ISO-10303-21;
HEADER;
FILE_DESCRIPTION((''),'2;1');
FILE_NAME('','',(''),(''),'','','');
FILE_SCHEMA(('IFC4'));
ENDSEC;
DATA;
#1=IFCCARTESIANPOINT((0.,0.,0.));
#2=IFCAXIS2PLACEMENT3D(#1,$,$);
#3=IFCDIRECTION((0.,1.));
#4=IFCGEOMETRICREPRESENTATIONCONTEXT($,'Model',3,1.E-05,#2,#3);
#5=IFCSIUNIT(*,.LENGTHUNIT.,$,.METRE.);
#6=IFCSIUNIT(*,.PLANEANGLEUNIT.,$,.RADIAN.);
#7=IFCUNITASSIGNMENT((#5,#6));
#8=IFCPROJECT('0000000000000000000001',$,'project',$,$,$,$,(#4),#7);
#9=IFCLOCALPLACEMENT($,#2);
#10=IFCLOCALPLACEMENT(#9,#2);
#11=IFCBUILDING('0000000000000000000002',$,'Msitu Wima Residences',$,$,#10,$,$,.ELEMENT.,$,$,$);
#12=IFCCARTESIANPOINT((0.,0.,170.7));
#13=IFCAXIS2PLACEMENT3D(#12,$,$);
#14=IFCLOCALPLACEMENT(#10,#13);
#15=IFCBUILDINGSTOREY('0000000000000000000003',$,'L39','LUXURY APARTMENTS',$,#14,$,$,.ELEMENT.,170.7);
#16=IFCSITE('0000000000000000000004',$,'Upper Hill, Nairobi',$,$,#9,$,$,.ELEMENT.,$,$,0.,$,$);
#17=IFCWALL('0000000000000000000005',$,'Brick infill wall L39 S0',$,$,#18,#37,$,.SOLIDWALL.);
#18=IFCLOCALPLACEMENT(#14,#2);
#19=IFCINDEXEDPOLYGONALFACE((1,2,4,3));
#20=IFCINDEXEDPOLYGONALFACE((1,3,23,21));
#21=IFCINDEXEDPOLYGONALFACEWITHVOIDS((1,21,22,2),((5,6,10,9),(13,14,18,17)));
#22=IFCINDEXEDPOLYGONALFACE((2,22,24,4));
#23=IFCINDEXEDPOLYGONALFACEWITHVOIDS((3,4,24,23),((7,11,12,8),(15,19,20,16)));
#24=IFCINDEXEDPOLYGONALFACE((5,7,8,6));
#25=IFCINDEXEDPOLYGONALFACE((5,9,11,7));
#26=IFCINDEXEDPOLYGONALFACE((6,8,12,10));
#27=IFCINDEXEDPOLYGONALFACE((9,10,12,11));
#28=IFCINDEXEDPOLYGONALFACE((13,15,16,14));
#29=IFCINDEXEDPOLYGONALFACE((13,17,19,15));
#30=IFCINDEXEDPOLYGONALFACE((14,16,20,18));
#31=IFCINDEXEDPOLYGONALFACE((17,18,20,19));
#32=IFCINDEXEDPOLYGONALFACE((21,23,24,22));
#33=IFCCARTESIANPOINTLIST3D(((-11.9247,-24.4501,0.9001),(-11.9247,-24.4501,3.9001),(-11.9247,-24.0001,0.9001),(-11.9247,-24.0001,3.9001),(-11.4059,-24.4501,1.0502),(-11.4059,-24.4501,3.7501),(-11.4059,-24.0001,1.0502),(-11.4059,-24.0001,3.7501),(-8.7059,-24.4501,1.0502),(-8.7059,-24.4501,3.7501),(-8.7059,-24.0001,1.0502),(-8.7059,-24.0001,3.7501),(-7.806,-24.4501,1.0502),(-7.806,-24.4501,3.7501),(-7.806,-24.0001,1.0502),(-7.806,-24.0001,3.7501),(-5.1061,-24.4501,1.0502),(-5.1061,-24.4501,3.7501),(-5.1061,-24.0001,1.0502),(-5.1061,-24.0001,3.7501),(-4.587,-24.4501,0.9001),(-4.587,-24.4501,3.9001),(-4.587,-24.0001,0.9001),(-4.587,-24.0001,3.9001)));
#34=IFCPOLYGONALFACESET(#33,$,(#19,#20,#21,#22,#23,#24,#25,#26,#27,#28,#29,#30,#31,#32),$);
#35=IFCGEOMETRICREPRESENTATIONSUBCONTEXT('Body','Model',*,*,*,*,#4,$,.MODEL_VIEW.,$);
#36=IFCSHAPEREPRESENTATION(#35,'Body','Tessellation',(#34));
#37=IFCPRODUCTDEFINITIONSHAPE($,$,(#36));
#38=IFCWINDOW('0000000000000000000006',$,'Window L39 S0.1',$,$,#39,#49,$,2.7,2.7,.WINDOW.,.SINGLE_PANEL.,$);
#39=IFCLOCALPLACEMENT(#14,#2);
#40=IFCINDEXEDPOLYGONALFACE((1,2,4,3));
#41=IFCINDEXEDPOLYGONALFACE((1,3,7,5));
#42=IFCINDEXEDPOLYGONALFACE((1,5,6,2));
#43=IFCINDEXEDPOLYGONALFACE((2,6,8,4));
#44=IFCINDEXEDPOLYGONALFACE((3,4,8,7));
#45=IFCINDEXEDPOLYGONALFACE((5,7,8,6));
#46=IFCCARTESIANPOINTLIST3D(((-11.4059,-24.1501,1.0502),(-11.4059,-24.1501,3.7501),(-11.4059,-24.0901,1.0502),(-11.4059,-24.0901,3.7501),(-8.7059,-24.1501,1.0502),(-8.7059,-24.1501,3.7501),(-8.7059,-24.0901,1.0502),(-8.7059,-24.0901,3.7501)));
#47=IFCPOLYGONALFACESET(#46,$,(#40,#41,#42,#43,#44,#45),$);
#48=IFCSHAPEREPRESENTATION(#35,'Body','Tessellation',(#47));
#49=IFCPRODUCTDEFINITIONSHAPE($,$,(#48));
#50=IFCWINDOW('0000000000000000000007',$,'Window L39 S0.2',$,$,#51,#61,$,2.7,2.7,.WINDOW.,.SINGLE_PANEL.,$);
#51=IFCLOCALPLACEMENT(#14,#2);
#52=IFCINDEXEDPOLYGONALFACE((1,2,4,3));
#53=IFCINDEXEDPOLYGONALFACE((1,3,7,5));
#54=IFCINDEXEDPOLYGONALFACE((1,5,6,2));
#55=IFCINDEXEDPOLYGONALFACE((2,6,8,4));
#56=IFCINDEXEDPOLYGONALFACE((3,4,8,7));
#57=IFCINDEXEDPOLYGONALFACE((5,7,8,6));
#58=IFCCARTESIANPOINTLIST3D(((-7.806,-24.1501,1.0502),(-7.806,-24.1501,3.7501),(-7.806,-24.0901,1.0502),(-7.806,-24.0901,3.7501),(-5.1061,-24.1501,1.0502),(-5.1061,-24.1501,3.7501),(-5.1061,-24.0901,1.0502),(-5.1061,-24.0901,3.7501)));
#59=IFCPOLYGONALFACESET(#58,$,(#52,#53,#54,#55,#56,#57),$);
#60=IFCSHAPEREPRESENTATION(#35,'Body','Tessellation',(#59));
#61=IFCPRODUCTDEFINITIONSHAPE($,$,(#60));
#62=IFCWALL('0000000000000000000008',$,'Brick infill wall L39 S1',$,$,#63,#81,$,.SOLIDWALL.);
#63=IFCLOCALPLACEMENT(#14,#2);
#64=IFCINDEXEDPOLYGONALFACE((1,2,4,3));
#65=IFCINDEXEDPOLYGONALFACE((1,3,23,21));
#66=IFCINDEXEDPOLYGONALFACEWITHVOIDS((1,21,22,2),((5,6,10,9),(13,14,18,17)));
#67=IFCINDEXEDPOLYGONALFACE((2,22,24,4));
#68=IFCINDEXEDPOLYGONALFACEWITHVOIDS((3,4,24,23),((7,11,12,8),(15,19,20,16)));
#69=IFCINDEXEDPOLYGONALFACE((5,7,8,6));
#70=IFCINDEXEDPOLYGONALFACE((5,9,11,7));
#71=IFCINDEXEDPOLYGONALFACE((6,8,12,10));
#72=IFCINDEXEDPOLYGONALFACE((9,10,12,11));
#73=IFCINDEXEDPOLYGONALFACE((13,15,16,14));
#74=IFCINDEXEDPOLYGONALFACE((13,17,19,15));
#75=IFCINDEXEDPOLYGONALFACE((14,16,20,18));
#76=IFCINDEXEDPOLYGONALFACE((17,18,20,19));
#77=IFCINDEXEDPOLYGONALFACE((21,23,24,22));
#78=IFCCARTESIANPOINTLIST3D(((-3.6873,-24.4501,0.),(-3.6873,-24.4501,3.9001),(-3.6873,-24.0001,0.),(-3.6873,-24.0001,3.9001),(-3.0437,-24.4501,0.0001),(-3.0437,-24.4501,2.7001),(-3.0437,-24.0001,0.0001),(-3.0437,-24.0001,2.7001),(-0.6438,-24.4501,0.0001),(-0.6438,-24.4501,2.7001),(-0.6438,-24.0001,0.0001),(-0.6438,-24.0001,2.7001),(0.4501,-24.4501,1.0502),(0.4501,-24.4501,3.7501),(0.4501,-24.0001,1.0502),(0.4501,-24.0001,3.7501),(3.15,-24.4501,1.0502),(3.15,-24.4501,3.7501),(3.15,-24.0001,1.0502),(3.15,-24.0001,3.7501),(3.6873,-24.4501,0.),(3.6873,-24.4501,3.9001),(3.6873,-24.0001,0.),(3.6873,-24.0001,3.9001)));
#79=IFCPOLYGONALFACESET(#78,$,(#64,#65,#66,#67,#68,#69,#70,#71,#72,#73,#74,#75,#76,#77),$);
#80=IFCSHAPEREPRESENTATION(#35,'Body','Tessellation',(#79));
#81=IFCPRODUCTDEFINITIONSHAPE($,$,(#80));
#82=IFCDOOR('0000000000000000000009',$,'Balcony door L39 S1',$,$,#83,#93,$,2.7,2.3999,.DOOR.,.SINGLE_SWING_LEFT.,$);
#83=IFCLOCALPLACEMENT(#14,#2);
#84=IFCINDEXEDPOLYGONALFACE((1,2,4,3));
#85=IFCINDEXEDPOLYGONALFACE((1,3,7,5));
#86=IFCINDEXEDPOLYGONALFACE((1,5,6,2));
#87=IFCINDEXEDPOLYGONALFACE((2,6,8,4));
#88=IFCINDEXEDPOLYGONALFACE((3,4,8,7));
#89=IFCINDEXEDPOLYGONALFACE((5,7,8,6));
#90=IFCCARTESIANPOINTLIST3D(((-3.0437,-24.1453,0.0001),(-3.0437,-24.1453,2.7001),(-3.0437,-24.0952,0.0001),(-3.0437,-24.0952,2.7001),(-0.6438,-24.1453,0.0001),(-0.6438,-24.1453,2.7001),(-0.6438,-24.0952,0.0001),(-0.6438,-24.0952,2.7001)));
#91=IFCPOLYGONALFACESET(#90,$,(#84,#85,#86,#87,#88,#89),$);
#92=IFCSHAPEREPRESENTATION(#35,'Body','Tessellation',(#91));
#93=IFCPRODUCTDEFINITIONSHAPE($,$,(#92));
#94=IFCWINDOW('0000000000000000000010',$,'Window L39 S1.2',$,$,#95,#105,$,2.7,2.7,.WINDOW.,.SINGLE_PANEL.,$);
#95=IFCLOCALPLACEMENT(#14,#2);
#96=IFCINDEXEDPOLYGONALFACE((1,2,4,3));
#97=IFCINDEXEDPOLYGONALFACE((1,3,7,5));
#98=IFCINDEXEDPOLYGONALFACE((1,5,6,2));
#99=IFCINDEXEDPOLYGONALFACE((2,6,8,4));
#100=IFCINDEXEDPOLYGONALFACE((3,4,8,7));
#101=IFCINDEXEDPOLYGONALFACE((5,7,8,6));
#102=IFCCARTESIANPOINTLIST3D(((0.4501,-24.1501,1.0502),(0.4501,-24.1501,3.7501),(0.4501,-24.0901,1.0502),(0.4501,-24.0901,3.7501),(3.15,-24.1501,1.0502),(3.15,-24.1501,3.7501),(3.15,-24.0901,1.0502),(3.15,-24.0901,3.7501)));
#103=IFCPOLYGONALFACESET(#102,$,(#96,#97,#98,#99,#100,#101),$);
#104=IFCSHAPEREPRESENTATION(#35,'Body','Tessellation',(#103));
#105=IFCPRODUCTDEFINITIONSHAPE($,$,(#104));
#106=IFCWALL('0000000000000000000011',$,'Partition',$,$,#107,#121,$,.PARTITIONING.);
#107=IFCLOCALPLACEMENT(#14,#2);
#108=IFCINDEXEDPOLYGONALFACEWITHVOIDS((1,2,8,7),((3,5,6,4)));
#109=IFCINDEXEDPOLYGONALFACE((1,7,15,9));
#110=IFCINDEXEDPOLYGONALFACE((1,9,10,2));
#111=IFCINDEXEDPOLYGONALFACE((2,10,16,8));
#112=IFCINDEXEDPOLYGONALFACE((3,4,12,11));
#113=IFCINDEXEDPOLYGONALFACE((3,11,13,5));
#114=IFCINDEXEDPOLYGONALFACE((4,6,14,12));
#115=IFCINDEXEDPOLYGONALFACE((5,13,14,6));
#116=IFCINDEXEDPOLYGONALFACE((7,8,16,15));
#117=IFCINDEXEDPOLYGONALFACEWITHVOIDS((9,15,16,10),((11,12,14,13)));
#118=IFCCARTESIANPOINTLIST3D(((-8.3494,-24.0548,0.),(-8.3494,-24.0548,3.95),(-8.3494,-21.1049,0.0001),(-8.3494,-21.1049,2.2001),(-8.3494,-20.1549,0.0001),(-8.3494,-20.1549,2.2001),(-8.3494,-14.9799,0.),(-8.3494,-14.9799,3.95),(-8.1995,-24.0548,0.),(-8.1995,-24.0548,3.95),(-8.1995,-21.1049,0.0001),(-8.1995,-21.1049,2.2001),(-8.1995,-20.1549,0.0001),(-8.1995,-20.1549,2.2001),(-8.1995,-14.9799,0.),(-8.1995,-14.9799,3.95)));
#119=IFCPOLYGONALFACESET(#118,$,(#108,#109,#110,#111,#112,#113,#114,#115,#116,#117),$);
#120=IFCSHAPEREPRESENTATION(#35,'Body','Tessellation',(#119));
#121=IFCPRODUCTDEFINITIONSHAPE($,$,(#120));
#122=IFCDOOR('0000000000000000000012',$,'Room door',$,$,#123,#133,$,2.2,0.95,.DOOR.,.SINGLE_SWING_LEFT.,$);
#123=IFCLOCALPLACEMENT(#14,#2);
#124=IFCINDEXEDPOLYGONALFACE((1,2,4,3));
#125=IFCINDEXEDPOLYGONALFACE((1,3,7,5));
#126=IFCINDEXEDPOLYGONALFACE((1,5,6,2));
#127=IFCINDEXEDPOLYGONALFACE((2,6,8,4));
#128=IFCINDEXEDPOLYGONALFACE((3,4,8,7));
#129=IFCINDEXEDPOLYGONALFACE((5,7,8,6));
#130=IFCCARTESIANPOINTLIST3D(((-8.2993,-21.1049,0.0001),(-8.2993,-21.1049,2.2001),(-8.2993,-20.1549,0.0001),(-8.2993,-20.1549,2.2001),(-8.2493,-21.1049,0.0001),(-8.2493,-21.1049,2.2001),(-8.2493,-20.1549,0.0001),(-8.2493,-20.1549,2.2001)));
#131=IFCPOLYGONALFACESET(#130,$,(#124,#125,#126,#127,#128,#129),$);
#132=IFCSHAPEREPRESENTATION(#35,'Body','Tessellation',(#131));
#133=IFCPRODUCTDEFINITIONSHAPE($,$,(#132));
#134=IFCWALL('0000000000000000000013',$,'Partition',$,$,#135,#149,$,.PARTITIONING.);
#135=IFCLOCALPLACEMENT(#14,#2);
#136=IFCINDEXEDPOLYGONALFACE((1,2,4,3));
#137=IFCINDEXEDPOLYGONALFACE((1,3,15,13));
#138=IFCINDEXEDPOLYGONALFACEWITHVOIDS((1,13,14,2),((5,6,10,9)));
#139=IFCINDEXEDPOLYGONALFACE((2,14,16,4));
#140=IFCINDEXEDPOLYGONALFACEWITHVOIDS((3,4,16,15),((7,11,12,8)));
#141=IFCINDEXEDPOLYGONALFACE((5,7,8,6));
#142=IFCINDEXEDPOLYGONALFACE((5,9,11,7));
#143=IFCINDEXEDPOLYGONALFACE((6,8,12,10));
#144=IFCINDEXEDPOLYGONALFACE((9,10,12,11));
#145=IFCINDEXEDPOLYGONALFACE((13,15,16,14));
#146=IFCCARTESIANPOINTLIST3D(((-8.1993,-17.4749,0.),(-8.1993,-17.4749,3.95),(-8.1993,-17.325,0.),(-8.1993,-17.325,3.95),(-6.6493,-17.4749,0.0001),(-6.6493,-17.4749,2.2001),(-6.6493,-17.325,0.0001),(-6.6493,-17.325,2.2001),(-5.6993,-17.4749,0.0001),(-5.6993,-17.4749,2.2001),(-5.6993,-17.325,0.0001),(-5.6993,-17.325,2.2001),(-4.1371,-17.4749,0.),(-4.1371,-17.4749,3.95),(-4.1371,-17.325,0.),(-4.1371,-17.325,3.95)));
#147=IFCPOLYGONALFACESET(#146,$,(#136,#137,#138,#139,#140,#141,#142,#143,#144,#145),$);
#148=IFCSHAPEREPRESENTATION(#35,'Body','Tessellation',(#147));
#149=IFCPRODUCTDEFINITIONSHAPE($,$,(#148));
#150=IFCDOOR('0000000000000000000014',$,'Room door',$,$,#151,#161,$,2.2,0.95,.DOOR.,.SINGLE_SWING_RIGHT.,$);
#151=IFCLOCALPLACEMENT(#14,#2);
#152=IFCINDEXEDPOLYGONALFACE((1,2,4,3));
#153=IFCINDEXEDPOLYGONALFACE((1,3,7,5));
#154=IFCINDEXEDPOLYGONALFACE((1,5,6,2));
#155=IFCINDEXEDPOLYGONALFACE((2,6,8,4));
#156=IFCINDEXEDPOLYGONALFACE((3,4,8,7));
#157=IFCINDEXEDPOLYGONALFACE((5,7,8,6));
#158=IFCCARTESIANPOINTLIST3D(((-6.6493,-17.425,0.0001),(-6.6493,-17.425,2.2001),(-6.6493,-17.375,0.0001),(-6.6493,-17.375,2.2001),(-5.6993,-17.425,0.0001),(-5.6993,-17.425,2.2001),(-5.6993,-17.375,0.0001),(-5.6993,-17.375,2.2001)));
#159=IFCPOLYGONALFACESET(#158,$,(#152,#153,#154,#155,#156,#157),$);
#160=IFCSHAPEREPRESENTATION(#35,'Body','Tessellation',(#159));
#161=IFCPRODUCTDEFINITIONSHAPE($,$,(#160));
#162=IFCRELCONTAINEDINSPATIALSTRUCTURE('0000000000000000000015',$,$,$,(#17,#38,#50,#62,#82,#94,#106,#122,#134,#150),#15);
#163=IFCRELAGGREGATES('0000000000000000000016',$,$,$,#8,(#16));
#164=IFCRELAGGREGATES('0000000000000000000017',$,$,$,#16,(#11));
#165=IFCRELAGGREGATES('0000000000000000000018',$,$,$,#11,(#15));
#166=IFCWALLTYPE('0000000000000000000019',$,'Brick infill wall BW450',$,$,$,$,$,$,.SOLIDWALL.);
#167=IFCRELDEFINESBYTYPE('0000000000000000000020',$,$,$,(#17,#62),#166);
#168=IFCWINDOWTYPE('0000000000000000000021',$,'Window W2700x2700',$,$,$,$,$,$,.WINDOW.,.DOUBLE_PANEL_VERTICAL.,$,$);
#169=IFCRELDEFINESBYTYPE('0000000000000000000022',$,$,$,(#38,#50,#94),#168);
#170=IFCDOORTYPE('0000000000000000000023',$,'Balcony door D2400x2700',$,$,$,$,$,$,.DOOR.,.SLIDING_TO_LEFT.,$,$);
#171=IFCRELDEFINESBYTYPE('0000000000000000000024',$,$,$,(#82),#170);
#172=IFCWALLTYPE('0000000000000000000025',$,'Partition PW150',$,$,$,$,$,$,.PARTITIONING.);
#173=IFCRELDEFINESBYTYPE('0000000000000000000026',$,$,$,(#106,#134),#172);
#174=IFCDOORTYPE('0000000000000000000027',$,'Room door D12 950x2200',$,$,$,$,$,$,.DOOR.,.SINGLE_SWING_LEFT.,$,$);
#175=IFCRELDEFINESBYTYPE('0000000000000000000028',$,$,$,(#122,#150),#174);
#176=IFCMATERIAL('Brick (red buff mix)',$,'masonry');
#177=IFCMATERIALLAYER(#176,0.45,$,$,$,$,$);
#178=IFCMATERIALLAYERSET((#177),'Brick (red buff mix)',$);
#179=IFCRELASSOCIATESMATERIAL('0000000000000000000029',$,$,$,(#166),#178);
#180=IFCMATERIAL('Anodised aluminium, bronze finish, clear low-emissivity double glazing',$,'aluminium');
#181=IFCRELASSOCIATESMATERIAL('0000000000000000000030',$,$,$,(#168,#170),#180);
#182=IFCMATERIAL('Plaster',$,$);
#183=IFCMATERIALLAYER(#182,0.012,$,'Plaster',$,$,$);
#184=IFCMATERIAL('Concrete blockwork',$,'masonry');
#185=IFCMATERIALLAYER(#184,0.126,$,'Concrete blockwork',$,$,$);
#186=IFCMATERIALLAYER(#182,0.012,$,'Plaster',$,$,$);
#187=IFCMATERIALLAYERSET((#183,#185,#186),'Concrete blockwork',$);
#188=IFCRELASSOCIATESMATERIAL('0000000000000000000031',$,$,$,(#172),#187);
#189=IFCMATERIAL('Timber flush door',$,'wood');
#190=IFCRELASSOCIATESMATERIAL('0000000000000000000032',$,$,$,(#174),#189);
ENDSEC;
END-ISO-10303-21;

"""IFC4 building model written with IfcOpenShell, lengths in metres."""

from ifc_helpers import new_model, si_unit, direction, frame, frame_2d, origin, place, context, subcontext, project, spatial, rectangle, extrude, material, layer, layer_set, type_object, element, fill, save


model = new_model("IFC4")

# Units and contexts
model_context = context("Model", 3, precision=1e-05, world=origin(), true_north=direction((0.0, 1.0)))
body_context = subcontext(model_context, "Body", "Model", "MODEL_VIEW")
ifc_project = project(units=[si_unit("LENGTHUNIT", "METRE"), si_unit("PLANEANGLEUNIT", "RADIAN")], contexts=[model_context])

# Site, building, storey
site_placement = place(None, origin())
site = spatial("IfcSite", under=ifc_project, at=site_placement, Name="Upper Hill, Nairobi", CompositionType="ELEMENT", RefElevation=0.0)
building_placement = place(site_placement, origin())
building = spatial("IfcBuilding", under=site, at=building_placement, Name="Msitu Wima Residences", CompositionType="ELEMENT")
storey_placement = place(building_placement, frame((0.0, 0.0, 170.7)))
storey = spatial("IfcBuildingStorey", under=building, at=storey_placement, Name="L39", Description="LUXURY APARTMENTS", CompositionType="ELEMENT", Elevation=170.7)

# Wall, openings, windows
ifc_material_1 = material(Name="Brick (red buff mix)", Category="masonry")
ifc_layer_1 = layer(ifc_material_1, 0.45)
ifc_layer_set_1 = layer_set([ifc_layer_1], Name="Brick (red buff mix)")
wall_type_1 = type_object("IfcWallType", Name="Brick infill wall BW450", PredefinedType="SOLIDWALL", material=ifc_layer_set_1)
wall_1_placement = place(storey_placement, frame((-11.9248, -24.2251, 0.9001), z_axis=(0.0, 0.0, 1.0), x_axis=(1.0, 0.0, 0.0)))
wall_1 = element("IfcWall", 1, at=wall_1_placement, inside=storey, type_object=wall_type_1, Name="Brick infill wall L39 S0", PredefinedType="SOLIDWALL", context=body_context, shape_type="SweptSolid", body=[
    extrude(rectangle(XDim=7.3376, YDim=0.45, at=frame_2d((3.6689, 0.0))), origin(), (0.0, 0.0, 1.0), 3.0),
])
opening_1_placement = place(wall_1_placement, frame((0.5188, 0.0, 0.1499)))
opening_1 = element("IfcOpeningElement", 2, at=opening_1_placement, cuts=wall_1, PredefinedType="OPENING", context=body_context, shape_type="SweptSolid", body=[
    extrude(rectangle(XDim=2.7, YDim=2.7, at=frame_2d((1.3501, 1.3501))), frame((0.0, 0.2349, 0.0), z_axis=(0.0, -1.0, 0.0), x_axis=(1.0, 0.0, 0.0)), (0.0, 0.0, 1.0), 0.47),
])
opening_2_placement = place(wall_1_placement, frame((4.1187, 0.0, 0.1499)))
opening_2 = element("IfcOpeningElement", 3, at=opening_2_placement, cuts=wall_1, PredefinedType="OPENING", context=body_context, shape_type="SweptSolid", body=[
    extrude(rectangle(XDim=2.7, YDim=2.7, at=frame_2d((1.3501, 1.3501))), frame((0.0, 0.2349, 0.0), z_axis=(0.0, -1.0, 0.0), x_axis=(1.0, 0.0, 0.0)), (0.0, 0.0, 1.0), 0.47),
])
ifc_material_2 = material(Name="Anodised aluminium, bronze finish, clear low-emissivity double glazing", Category="aluminium")
window_type = type_object("IfcWindowType", Name="Window W2700x2700", PartitioningType="DOUBLE_PANEL_VERTICAL", PredefinedType="WINDOW", material=ifc_material_2)
window_1_placement = place(opening_1_placement, origin())
window_1 = element("IfcWindow", 4, at=window_1_placement, inside=storey, type_object=window_type, Name="Window L39 S0.1", OverallHeight=2.7, OverallWidth=2.7, PartitioningType="SINGLE_PANEL", PredefinedType="WINDOW", context=body_context, shape_type="SweptSolid", body=[
    extrude(rectangle(XDim=2.7, YDim=2.7, at=frame_2d((1.3501, 1.3501))), frame((0.0, 0.135, 0.0), z_axis=(0.0, -1.0, 0.0), x_axis=(1.0, 0.0, 0.0)), (0.0, 0.0, 1.0), 0.0601),
])
fill(opening_1, window_1)
window_2_placement = place(opening_2_placement, origin())
window_2 = element("IfcWindow", 5, at=window_2_placement, inside=storey, type_object=window_type, Name="Window L39 S0.2", OverallHeight=2.7, OverallWidth=2.7, PartitioningType="SINGLE_PANEL", PredefinedType="WINDOW", context=body_context, shape_type="SweptSolid", body=[
    extrude(rectangle(XDim=2.7, YDim=2.7, at=frame_2d((1.3501, 1.3501))), frame((0.0, 0.135, 0.0), z_axis=(0.0, -1.0, 0.0), x_axis=(1.0, 0.0, 0.0)), (0.0, 0.0, 1.0), 0.0601),
])
fill(opening_2, window_2)

# Wall, openings, door, window
wall_2_placement = place(storey_placement, frame((-3.6873, -24.2251, 0.0), z_axis=(0.0, 0.0, 1.0), x_axis=(1.0, 0.0, 0.0)))
wall_2 = element("IfcWall", 6, at=wall_2_placement, inside=storey, type_object=wall_type_1, Name="Brick infill wall L39 S1", PredefinedType="SOLIDWALL", context=body_context, shape_type="SweptSolid", body=[
    extrude(rectangle(XDim=7.3745, YDim=0.45, at=frame_2d((3.6873, 0.0))), origin(), (0.0, 0.0, 1.0), 3.9001),
])
opening_3_placement = place(wall_2_placement, frame((0.6436, 0.0, 0.0)))
opening_3 = element("IfcOpeningElement", 7, at=opening_3_placement, cuts=wall_2, PredefinedType="OPENING", context=body_context, shape_type="SweptSolid", body=[
    extrude(rectangle(XDim=2.3999, YDim=2.7, at=frame_2d((1.2, 1.3501))), frame((0.0, 0.2349, 0.0), z_axis=(0.0, -1.0, 0.0), x_axis=(1.0, 0.0, 0.0)), (0.0, 0.0, 1.0), 0.47),
])
opening_4_placement = place(wall_2_placement, frame((4.1372, 0.0, 1.05)))
opening_4 = element("IfcOpeningElement", 8, at=opening_4_placement, cuts=wall_2, PredefinedType="OPENING", context=body_context, shape_type="SweptSolid", body=[
    extrude(rectangle(XDim=2.7, YDim=2.7, at=frame_2d((1.3501, 1.3501))), frame((0.0, 0.2349, 0.0), z_axis=(0.0, -1.0, 0.0), x_axis=(1.0, 0.0, 0.0)), (0.0, 0.0, 1.0), 0.47),
])
door_type_1 = type_object("IfcDoorType", Name="Balcony door D2400x2700", OperationType="SLIDING_TO_LEFT", PredefinedType="DOOR", material=ifc_material_2)
door_1_placement = place(opening_3_placement, origin())
door_1 = element("IfcDoor", 9, at=door_1_placement, inside=storey, type_object=door_type_1, Name="Balcony door L39 S1", OperationType="SINGLE_SWING_LEFT", OverallHeight=2.7, OverallWidth=2.3999, PredefinedType="DOOR", context=body_context, shape_type="SweptSolid", body=[
    extrude(rectangle(XDim=2.3999, YDim=2.7, at=frame_2d((1.2, 1.3501))), frame((0.0, 0.1299, 0.0), z_axis=(0.0, -1.0, 0.0), x_axis=(1.0, 0.0, 0.0)), (0.0, 0.0, 1.0), 0.05),
])
fill(opening_3, door_1)
window_3_placement = place(opening_4_placement, origin())
window_3 = element("IfcWindow", 10, at=window_3_placement, inside=storey, type_object=window_type, Name="Window L39 S1.2", OverallHeight=2.7, OverallWidth=2.7, PartitioningType="SINGLE_PANEL", PredefinedType="WINDOW", context=body_context, shape_type="SweptSolid", body=[
    extrude(rectangle(XDim=2.7, YDim=2.7, at=frame_2d((1.3501, 1.3501))), frame((0.0, 0.135, 0.0), z_axis=(0.0, -1.0, 0.0), x_axis=(1.0, 0.0, 0.0)), (0.0, 0.0, 1.0), 0.0601),
])
fill(opening_4, window_3)

# Walls, openings, doors
ifc_material_3 = material(Name="Plaster")
ifc_layer_2 = layer(ifc_material_3, 0.012, Name="Plaster")
ifc_material_4 = material(Name="Concrete blockwork", Category="masonry")
ifc_layer_3 = layer(ifc_material_4, 0.126, Name="Concrete blockwork")
ifc_layer_4 = layer(ifc_material_3, 0.012, Name="Plaster")
ifc_layer_set_2 = layer_set([ifc_layer_2, ifc_layer_3, ifc_layer_4], Name="Concrete blockwork")
wall_type_2 = type_object("IfcWallType", Name="Partition PW150", PredefinedType="PARTITIONING", material=ifc_layer_set_2)
wall_3_placement = place(storey_placement, frame((-8.2744, -24.0549, 0.0), z_axis=(0.0, 0.0, 1.0), x_axis=(0.0, 1.0, 0.0)))
wall_3 = element("IfcWall", 11, at=wall_3_placement, inside=storey, type_object=wall_type_2, Name="Partition", PredefinedType="PARTITIONING", context=body_context, shape_type="SweptSolid", body=[
    extrude(rectangle(XDim=9.075, YDim=0.1499, at=frame_2d((4.5376, 0.0))), origin(), (0.0, 0.0, 1.0), 3.95),
])
opening_5_placement = place(wall_3_placement, frame((2.95, 0.0, 0.0)))
opening_5 = element("IfcOpeningElement", 12, at=opening_5_placement, cuts=wall_3, PredefinedType="OPENING", context=body_context, shape_type="SweptSolid", body=[
    extrude(rectangle(XDim=0.95, YDim=2.2, at=frame_2d((0.4751, 1.1001))), frame((0.0, 0.085, 0.0), z_axis=(0.0, -1.0, 0.0), x_axis=(1.0, 0.0, 0.0)), (0.0, 0.0, 1.0), 0.1699),
])
ifc_material_5 = material(Name="Timber flush door", Category="wood")
door_type_2 = type_object("IfcDoorType", Name="Room door D12 950x2200", OperationType="SINGLE_SWING_LEFT", PredefinedType="DOOR", material=ifc_material_5)
door_2_placement = place(opening_5_placement, origin())
door_2 = element("IfcDoor", 13, at=door_2_placement, inside=storey, type_object=door_type_2, Name="Room door", OperationType="SINGLE_SWING_LEFT", OverallHeight=2.2, OverallWidth=0.95, PredefinedType="DOOR", context=body_context, shape_type="SweptSolid", body=[
    extrude(rectangle(XDim=0.95, YDim=2.2, at=frame_2d((0.4751, 1.1001))), frame((0.0, 0.0249, 0.0), z_axis=(0.0, -1.0, 0.0), x_axis=(1.0, 0.0, 0.0)), (0.0, 0.0, 1.0), 0.05),
])
fill(opening_5, door_2)
wall_4_placement = place(storey_placement, frame((-8.1995, -17.3999, 0.0), z_axis=(0.0, 0.0, 1.0), x_axis=(1.0, 0.0, 0.0)))
wall_4 = element("IfcWall", 14, at=wall_4_placement, inside=storey, type_object=wall_type_2, Name="Partition", PredefinedType="PARTITIONING", context=body_context, shape_type="SweptSolid", body=[
    extrude(rectangle(XDim=4.0623, YDim=0.1499, at=frame_2d((2.0312, 0.0))), origin(), (0.0, 0.0, 1.0), 3.95),
])
opening_6_placement = place(wall_4_placement, frame((1.55, 0.0, 0.0)))
opening_6 = element("IfcOpeningElement", 15, at=opening_6_placement, cuts=wall_4, PredefinedType="OPENING", context=body_context, shape_type="SweptSolid", body=[
    extrude(rectangle(XDim=0.95, YDim=2.2, at=frame_2d((0.4751, 1.1001))), frame((0.0, 0.085, 0.0), z_axis=(0.0, -1.0, 0.0), x_axis=(1.0, 0.0, 0.0)), (0.0, 0.0, 1.0), 0.1699),
])
door_3_placement = place(opening_6_placement, origin())
door_3 = element("IfcDoor", 16, at=door_3_placement, inside=storey, type_object=door_type_2, Name="Room door", OperationType="SINGLE_SWING_RIGHT", OverallHeight=2.2, OverallWidth=0.95, PredefinedType="DOOR", context=body_context, shape_type="SweptSolid", body=[
    extrude(rectangle(XDim=0.95, YDim=2.2, at=frame_2d((0.4751, 1.1001))), frame((0.0, 0.0249, 0.0), z_axis=(0.0, -1.0, 0.0), x_axis=(1.0, 0.0, 0.0)), (0.0, 0.0, 1.0), 0.05),
])
fill(opening_6, door_3)

save(model, "model.ifc")
